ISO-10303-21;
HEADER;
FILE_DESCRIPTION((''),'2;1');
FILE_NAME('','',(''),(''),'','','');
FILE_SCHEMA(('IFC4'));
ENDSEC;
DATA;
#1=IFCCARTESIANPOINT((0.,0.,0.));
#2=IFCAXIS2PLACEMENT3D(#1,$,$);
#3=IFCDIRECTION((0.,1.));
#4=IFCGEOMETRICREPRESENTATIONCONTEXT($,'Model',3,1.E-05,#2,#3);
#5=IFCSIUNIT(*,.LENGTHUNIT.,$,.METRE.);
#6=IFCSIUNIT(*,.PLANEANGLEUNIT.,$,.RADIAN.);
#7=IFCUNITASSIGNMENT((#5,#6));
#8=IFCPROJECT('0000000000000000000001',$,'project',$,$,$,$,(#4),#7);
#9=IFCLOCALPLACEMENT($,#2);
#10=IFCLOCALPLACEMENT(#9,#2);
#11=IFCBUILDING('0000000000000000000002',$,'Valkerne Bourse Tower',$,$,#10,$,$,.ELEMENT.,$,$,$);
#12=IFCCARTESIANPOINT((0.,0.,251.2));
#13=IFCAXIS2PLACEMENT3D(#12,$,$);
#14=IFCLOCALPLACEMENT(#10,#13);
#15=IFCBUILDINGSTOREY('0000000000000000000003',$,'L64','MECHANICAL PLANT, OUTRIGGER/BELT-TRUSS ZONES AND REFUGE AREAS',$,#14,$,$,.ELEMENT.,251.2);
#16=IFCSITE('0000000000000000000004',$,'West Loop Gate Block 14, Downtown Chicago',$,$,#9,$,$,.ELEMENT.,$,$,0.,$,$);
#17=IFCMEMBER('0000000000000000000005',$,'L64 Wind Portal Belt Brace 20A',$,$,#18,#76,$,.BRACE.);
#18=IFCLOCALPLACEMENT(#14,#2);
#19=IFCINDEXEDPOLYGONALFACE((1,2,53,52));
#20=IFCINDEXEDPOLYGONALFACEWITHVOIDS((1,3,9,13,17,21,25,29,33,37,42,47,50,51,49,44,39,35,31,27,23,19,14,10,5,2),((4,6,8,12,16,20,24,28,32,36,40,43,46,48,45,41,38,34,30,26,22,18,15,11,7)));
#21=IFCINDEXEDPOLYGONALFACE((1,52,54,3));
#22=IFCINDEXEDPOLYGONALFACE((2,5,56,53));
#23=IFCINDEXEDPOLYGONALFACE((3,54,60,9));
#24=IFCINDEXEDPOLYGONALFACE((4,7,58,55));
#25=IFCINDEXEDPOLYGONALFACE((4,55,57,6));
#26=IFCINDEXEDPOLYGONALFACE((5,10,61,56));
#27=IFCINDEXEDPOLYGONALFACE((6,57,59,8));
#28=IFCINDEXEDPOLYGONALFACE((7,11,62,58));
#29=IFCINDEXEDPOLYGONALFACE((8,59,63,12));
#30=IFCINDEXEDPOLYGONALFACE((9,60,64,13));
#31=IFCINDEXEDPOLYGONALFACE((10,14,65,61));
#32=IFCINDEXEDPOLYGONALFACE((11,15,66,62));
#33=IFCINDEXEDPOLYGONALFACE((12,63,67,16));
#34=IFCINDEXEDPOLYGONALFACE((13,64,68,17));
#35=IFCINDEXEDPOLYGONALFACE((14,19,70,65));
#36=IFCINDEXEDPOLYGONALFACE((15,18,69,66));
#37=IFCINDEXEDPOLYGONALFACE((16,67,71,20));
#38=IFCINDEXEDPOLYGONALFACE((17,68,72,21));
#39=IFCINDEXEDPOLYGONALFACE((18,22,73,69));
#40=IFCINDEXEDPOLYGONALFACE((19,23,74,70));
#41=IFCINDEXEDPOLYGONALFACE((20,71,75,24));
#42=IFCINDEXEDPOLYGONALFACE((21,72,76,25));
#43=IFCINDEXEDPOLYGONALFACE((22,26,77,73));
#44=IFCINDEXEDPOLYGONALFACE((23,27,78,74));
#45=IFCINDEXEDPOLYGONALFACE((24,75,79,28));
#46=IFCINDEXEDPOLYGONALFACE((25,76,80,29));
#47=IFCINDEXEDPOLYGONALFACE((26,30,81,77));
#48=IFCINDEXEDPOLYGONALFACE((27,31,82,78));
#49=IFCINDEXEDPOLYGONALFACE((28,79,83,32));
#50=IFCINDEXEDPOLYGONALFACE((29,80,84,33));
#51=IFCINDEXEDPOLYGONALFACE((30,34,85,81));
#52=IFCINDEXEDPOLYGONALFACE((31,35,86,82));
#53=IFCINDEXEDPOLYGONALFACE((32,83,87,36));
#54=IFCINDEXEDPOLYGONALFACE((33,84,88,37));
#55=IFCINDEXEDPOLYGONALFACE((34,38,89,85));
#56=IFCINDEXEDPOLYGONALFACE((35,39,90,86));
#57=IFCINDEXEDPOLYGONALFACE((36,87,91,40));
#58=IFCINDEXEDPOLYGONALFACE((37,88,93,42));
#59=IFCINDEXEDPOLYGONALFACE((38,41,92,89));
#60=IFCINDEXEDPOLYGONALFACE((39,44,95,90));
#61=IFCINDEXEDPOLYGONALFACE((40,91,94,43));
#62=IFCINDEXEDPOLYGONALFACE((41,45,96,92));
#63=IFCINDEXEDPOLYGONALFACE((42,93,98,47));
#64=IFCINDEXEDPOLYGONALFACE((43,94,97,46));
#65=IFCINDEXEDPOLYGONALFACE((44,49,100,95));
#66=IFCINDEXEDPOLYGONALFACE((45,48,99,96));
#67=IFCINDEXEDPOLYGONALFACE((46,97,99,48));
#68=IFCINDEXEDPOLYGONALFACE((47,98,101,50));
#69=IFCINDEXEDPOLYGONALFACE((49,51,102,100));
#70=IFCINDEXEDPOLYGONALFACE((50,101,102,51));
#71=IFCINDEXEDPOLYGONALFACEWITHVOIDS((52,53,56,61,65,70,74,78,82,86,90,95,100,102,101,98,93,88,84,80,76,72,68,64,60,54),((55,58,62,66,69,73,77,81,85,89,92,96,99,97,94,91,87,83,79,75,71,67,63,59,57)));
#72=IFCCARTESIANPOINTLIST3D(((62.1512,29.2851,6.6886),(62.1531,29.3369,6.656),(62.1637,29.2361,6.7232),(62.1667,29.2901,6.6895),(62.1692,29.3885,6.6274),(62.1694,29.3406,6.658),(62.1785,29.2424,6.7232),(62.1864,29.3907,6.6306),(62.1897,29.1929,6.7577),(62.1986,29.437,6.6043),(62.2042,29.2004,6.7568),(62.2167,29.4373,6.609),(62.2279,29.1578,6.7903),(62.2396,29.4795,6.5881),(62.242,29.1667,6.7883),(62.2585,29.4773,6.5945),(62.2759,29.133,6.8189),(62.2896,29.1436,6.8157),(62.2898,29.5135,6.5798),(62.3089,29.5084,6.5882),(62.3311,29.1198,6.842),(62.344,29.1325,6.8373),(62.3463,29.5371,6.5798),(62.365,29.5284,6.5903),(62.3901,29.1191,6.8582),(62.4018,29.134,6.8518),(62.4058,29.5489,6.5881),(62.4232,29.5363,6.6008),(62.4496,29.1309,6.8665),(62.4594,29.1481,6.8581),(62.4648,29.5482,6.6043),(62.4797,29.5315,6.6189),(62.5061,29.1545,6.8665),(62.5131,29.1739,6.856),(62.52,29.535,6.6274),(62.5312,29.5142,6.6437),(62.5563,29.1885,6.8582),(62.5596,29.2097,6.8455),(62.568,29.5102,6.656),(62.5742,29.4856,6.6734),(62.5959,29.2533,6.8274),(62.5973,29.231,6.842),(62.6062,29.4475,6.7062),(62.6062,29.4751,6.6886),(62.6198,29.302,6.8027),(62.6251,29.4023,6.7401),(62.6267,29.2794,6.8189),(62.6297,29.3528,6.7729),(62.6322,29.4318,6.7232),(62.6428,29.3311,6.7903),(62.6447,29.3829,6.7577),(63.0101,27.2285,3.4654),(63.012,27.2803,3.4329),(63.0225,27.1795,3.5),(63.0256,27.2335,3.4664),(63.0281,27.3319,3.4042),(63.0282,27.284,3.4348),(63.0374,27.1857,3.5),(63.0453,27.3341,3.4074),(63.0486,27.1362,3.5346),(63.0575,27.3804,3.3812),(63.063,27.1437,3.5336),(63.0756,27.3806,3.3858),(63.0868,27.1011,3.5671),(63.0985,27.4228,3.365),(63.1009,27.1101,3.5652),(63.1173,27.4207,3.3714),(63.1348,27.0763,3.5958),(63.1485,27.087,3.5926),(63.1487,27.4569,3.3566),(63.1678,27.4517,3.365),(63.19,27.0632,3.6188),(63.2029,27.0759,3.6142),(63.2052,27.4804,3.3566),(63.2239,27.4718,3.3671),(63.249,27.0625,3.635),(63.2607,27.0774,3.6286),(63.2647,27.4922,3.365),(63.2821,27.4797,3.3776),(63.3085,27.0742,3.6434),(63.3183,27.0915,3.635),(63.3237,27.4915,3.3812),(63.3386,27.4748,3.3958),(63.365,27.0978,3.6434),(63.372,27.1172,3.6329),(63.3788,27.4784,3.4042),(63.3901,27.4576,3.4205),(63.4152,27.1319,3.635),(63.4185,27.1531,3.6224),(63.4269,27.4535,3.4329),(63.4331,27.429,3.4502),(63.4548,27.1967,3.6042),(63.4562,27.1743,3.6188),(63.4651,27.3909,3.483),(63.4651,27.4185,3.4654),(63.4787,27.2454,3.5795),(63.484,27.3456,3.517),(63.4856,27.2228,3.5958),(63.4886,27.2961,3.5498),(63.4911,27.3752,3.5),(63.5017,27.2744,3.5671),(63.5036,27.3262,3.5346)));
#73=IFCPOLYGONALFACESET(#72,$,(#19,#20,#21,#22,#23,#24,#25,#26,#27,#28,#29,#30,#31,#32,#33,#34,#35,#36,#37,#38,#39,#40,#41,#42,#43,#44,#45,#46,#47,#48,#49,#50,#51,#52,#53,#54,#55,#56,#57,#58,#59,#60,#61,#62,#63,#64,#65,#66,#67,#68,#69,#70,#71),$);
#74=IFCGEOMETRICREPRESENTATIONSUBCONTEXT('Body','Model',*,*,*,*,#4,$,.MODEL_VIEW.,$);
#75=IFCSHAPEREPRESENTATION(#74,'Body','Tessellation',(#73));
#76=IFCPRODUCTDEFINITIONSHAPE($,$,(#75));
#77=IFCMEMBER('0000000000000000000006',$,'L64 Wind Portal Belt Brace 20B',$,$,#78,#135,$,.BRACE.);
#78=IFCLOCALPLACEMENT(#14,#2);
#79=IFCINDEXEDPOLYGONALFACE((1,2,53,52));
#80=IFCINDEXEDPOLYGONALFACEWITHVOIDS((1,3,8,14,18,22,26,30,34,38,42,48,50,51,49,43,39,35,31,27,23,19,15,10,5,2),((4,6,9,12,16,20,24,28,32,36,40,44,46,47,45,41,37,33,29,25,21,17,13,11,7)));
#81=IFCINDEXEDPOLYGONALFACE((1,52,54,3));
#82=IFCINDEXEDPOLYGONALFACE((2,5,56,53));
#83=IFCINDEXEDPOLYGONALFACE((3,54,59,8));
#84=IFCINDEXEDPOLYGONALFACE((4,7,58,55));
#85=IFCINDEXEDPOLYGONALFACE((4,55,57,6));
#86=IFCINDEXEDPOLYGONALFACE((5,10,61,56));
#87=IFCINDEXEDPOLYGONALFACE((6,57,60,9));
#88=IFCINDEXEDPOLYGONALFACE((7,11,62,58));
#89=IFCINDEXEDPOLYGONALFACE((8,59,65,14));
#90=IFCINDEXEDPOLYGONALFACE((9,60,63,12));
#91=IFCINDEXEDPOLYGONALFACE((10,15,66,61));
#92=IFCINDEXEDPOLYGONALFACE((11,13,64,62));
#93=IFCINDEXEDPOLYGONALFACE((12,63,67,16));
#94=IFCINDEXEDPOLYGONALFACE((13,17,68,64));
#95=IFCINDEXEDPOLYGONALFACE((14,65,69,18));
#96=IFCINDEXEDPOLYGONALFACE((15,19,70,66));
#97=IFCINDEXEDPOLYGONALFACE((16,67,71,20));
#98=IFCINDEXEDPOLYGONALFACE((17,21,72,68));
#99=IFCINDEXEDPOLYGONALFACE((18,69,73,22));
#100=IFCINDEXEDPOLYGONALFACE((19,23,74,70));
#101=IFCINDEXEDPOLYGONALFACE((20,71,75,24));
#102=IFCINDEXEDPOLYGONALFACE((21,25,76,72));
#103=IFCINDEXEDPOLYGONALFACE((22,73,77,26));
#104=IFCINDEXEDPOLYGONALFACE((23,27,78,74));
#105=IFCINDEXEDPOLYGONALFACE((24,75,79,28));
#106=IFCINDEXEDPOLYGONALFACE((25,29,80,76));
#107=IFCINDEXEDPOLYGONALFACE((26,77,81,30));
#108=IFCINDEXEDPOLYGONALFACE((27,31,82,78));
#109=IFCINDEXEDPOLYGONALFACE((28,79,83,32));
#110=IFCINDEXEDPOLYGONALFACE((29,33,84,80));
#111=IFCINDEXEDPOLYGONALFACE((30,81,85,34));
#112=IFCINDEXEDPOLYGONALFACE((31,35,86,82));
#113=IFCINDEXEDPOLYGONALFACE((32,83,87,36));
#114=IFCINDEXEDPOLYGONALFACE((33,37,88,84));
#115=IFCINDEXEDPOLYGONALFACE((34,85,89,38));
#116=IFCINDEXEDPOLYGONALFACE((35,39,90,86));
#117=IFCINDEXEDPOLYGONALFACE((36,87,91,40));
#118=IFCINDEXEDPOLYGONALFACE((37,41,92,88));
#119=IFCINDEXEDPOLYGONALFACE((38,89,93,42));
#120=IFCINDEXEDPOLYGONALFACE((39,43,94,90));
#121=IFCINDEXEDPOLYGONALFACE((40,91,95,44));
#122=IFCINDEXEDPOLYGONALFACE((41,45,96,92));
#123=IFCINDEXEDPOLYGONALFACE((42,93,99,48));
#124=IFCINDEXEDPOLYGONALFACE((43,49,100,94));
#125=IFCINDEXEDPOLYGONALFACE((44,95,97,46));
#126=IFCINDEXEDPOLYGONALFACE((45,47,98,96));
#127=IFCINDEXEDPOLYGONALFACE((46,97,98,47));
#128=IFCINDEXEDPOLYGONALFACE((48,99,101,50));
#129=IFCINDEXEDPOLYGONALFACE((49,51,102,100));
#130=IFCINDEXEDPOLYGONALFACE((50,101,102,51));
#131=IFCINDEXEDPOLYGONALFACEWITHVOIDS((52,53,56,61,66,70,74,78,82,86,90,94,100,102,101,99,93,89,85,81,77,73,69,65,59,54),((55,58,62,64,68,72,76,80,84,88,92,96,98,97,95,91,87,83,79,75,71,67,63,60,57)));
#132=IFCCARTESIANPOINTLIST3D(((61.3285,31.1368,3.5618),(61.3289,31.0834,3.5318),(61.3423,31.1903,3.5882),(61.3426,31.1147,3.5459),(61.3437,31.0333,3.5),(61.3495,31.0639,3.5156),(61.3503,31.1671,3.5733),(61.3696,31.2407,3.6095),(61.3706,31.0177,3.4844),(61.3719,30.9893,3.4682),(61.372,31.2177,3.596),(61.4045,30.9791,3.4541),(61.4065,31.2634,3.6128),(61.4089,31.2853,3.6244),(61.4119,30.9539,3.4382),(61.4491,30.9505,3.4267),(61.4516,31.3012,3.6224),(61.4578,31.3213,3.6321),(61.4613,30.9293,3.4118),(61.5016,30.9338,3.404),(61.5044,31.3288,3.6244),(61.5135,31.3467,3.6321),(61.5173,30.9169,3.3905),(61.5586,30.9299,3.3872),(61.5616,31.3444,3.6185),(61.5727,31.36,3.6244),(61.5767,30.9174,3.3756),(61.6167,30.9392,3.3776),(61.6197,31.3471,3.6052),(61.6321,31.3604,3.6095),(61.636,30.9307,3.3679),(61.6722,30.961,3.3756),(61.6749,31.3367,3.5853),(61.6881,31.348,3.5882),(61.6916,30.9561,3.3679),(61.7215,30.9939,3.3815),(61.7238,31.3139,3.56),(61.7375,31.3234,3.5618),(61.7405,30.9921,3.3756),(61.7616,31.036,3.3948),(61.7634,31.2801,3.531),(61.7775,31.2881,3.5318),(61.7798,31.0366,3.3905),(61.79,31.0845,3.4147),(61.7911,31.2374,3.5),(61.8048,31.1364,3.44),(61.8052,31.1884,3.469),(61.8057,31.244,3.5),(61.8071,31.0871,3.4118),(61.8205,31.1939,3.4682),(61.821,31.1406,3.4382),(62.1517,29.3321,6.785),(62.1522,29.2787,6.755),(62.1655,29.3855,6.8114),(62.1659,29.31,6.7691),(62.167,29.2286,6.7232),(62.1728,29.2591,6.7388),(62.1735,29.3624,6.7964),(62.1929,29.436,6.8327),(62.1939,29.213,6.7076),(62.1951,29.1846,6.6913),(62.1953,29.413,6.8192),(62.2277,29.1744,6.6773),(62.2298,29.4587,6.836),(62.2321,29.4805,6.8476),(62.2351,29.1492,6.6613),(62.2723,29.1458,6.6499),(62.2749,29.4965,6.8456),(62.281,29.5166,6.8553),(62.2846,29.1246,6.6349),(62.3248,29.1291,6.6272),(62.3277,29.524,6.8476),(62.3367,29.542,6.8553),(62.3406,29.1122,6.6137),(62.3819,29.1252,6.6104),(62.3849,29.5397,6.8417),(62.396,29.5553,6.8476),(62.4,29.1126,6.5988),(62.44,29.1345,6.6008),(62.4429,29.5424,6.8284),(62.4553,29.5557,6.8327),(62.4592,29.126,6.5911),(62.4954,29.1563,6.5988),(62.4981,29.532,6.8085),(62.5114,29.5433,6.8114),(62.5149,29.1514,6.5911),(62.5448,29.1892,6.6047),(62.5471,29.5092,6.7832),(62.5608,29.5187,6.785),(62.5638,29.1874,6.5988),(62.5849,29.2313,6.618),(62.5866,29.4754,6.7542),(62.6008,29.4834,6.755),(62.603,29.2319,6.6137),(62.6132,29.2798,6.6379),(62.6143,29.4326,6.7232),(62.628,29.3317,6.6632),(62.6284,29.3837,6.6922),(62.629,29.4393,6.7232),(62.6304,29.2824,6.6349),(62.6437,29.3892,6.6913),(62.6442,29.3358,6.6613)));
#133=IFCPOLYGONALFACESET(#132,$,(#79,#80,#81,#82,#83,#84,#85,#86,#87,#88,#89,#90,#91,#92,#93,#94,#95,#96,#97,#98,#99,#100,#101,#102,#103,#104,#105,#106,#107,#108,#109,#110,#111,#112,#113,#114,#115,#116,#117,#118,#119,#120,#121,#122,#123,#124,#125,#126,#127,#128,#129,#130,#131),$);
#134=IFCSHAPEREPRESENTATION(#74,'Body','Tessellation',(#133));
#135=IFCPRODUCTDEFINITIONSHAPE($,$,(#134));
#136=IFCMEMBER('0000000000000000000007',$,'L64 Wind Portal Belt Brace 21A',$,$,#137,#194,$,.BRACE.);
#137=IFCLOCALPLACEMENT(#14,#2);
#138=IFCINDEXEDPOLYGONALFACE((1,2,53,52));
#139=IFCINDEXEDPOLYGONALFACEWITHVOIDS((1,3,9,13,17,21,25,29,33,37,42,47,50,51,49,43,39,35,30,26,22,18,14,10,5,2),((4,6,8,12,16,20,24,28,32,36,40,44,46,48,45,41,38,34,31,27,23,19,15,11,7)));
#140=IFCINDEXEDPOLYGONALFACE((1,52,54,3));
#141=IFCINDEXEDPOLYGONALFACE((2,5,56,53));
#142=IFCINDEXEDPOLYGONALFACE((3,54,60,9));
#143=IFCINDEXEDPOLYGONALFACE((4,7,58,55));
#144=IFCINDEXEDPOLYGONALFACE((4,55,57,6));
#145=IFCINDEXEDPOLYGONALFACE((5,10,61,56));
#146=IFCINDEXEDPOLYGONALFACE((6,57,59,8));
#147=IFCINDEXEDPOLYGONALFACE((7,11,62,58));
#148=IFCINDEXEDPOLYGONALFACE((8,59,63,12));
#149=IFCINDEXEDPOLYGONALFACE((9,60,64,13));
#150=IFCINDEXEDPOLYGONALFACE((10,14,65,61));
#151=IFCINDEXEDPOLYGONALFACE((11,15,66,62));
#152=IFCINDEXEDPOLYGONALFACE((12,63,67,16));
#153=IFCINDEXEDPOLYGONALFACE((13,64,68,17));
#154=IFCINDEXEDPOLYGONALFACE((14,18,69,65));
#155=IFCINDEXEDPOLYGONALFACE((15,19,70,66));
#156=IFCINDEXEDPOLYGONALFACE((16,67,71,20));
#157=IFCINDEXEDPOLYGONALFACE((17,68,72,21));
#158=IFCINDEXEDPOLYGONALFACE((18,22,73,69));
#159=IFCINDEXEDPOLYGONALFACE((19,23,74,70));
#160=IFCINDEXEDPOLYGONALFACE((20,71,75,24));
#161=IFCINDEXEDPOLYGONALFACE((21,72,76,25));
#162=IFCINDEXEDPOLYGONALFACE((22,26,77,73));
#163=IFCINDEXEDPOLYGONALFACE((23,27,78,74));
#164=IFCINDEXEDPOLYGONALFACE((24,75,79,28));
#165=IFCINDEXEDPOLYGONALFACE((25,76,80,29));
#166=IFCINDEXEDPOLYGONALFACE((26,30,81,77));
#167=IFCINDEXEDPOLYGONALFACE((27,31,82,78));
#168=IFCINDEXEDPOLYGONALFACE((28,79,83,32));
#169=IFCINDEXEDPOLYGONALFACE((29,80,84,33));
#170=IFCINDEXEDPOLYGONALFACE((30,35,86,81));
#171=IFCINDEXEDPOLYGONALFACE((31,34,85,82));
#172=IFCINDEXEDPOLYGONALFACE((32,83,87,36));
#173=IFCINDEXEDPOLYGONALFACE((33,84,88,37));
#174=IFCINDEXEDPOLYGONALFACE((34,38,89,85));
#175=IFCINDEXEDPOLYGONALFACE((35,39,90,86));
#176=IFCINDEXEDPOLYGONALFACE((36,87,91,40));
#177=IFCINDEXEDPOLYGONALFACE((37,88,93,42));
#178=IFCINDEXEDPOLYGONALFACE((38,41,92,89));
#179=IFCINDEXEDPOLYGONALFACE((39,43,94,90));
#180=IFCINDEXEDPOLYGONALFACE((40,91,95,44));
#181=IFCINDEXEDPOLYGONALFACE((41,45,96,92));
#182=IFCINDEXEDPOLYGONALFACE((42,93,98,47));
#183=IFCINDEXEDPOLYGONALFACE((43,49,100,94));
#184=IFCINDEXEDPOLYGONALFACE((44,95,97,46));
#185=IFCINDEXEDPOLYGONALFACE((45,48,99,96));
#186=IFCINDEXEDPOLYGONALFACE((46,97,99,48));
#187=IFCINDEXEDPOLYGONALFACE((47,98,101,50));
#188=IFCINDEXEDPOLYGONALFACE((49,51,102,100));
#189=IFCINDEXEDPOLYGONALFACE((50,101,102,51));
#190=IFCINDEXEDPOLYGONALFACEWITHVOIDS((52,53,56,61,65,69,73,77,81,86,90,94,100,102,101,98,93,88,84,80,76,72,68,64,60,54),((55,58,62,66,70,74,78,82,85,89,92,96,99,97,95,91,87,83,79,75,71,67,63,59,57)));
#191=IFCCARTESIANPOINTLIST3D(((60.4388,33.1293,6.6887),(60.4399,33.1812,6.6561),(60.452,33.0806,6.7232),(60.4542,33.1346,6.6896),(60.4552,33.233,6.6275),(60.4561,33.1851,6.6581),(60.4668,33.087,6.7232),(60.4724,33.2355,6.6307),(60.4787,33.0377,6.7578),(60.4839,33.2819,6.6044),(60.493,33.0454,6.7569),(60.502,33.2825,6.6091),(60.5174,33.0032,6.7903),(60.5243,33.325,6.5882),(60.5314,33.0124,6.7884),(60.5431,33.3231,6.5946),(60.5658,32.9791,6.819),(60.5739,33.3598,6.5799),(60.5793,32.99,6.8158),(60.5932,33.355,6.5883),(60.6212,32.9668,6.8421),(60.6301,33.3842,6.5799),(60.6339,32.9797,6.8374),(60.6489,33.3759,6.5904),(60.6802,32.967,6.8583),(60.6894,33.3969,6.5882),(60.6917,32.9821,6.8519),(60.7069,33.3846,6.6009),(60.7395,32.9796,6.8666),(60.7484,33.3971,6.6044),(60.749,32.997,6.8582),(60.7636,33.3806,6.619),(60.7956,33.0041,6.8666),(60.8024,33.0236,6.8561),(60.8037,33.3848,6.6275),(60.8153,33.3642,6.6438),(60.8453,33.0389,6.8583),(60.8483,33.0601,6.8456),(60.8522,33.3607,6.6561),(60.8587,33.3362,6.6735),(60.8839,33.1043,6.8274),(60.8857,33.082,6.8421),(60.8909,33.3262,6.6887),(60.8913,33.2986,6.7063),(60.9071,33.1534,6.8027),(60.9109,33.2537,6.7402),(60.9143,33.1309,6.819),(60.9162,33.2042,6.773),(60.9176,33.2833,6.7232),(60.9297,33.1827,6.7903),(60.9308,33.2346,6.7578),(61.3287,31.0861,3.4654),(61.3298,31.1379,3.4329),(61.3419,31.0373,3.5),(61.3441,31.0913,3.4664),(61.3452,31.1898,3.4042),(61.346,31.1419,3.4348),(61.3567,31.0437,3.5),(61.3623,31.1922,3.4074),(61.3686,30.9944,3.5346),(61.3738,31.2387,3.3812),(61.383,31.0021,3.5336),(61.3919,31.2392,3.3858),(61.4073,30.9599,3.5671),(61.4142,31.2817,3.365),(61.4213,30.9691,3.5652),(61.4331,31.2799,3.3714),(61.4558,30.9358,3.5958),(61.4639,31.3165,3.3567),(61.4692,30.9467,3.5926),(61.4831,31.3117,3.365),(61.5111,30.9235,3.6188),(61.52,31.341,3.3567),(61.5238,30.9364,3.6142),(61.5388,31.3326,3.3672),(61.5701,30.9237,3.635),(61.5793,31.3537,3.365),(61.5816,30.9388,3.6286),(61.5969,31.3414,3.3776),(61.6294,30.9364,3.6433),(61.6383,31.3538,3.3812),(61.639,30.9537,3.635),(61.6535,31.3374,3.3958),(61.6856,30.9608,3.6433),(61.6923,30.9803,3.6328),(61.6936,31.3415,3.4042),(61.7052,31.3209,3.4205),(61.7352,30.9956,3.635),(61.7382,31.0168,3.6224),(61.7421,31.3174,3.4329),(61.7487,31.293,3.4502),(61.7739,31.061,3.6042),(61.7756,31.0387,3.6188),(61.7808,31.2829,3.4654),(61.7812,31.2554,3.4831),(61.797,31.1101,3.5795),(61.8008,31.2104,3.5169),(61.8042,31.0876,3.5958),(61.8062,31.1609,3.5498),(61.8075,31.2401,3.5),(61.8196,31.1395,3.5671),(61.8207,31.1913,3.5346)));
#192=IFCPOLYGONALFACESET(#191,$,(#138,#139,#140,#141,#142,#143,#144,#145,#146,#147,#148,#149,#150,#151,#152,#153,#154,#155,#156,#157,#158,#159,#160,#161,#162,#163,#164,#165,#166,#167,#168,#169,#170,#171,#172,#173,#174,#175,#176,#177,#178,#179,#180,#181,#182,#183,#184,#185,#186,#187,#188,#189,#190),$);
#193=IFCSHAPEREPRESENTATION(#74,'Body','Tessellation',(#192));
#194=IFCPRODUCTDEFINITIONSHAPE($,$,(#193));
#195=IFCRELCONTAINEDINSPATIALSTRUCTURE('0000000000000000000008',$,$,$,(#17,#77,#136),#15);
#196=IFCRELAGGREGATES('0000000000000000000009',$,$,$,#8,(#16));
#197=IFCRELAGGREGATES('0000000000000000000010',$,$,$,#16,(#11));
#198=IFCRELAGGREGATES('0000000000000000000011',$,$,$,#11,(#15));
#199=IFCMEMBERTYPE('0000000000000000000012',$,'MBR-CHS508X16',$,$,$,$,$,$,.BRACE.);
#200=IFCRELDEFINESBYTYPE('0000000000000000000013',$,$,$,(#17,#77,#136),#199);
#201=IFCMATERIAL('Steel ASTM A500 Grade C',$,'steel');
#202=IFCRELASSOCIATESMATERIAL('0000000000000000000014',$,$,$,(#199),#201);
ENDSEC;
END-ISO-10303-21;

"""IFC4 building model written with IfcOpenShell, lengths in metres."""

from ifc_helpers import new_model, si_unit, direction, frame, origin, origin_2d, place, context, subcontext, project, spatial, hollow_circle, extrude, material, material_profile, profile_set, type_object, element, save


model = new_model("IFC4")

# Units and contexts
model_context = context("Model", 3, precision=1e-05, world=origin(), true_north=direction((0.0, 1.0)))
body_context = subcontext(model_context, "Body", "Model", "MODEL_VIEW")
ifc_project = project(units=[si_unit("LENGTHUNIT", "METRE"), si_unit("PLANEANGLEUNIT", "RADIAN")], contexts=[model_context])

# Site, building, storey
site_placement = place(None, origin())
site = spatial("IfcSite", under=ifc_project, at=site_placement, Name="West Loop Gate Block 14, Downtown Chicago", CompositionType="ELEMENT", RefElevation=0.0)
building_placement = place(site_placement, origin())
building = spatial("IfcBuilding", under=site, at=building_placement, Name="Valkerne Bourse Tower", CompositionType="ELEMENT")
storey_placement = place(building_placement, frame((0.0, 0.0, 251.2)))
storey = spatial("IfcBuildingStorey", under=building, at=storey_placement, Name="L64", Description="MECHANICAL PLANT, OUTRIGGER/BELT-TRUSS ZONES AND REFUGE AREAS", CompositionType="ELEMENT", Elevation=251.2)

# Members
ifc_material_1 = material(Name="Steel ASTM A500 Grade C", Category="steel")
ifc_material_profile_1 = material_profile(ifc_material_1, hollow_circle(Radius=0.2539, WallThickness=0.0161, at=origin_2d()), Name="CHS508X16")
ifc_profile_set_1 = profile_set([ifc_material_profile_1], Name="Steel ASTM A500 Grade C")
member_type_1 = type_object("IfcMemberType", Name="MBR-CHS508X16", PredefinedType="BRACE", material=ifc_profile_set_1)
member_1_placement = place(storey_placement, frame((63.2568, 27.2773, 3.5), z_axis=(-0.219177, 0.524829, 0.822506), x_axis=(-0.922766, -0.385362, 0.0)))
element("IfcMember", 1, at=member_1_placement, inside=storey, type_object=member_type_1, Name="L64 Wind Portal Belt Brace 20A", PredefinedType="BRACE", context=body_context, shape_type="SweptSolid", body=[
    extrude(hollow_circle(Radius=0.2539, WallThickness=0.0161, at=origin_2d()), origin(), (0.0, 0.0, 1.0), 3.9187),
])
member_2_placement = place(storey_placement, frame((61.5747, 31.1387, 3.5), z_axis=(0.217524, -0.476849, 0.851645), x_axis=(0.909809, 0.415027, 0.0)))
element("IfcMember", 2, at=member_2_placement, inside=storey, type_object=member_type_1, Name="L64 Wind Portal Belt Brace 20B", PredefinedType="BRACE", context=body_context, shape_type="SweptSolid", body=[
    extrude(hollow_circle(Radius=0.2539, WallThickness=0.0161, at=origin_2d()), origin(), (0.0, 0.0, 1.0), 3.7847),
])
member_3_placement = place(storey_placement, frame((61.5747, 31.1387, 3.5), z_axis=(-0.227096, 0.521416, 0.822528), x_axis=(-0.916817, -0.399307, 0.0)))
element("IfcMember", 3, at=member_3_placement, inside=storey, type_object=member_type_1, Name="L64 Wind Portal Belt Brace 21A", PredefinedType="BRACE", context=body_context, shape_type="SweptSolid", body=[
    extrude(hollow_circle(Radius=0.2539, WallThickness=0.0161, at=origin_2d()), origin(), (0.0, 0.0, 1.0), 3.9187),
])

save(model, "model.ifc")
